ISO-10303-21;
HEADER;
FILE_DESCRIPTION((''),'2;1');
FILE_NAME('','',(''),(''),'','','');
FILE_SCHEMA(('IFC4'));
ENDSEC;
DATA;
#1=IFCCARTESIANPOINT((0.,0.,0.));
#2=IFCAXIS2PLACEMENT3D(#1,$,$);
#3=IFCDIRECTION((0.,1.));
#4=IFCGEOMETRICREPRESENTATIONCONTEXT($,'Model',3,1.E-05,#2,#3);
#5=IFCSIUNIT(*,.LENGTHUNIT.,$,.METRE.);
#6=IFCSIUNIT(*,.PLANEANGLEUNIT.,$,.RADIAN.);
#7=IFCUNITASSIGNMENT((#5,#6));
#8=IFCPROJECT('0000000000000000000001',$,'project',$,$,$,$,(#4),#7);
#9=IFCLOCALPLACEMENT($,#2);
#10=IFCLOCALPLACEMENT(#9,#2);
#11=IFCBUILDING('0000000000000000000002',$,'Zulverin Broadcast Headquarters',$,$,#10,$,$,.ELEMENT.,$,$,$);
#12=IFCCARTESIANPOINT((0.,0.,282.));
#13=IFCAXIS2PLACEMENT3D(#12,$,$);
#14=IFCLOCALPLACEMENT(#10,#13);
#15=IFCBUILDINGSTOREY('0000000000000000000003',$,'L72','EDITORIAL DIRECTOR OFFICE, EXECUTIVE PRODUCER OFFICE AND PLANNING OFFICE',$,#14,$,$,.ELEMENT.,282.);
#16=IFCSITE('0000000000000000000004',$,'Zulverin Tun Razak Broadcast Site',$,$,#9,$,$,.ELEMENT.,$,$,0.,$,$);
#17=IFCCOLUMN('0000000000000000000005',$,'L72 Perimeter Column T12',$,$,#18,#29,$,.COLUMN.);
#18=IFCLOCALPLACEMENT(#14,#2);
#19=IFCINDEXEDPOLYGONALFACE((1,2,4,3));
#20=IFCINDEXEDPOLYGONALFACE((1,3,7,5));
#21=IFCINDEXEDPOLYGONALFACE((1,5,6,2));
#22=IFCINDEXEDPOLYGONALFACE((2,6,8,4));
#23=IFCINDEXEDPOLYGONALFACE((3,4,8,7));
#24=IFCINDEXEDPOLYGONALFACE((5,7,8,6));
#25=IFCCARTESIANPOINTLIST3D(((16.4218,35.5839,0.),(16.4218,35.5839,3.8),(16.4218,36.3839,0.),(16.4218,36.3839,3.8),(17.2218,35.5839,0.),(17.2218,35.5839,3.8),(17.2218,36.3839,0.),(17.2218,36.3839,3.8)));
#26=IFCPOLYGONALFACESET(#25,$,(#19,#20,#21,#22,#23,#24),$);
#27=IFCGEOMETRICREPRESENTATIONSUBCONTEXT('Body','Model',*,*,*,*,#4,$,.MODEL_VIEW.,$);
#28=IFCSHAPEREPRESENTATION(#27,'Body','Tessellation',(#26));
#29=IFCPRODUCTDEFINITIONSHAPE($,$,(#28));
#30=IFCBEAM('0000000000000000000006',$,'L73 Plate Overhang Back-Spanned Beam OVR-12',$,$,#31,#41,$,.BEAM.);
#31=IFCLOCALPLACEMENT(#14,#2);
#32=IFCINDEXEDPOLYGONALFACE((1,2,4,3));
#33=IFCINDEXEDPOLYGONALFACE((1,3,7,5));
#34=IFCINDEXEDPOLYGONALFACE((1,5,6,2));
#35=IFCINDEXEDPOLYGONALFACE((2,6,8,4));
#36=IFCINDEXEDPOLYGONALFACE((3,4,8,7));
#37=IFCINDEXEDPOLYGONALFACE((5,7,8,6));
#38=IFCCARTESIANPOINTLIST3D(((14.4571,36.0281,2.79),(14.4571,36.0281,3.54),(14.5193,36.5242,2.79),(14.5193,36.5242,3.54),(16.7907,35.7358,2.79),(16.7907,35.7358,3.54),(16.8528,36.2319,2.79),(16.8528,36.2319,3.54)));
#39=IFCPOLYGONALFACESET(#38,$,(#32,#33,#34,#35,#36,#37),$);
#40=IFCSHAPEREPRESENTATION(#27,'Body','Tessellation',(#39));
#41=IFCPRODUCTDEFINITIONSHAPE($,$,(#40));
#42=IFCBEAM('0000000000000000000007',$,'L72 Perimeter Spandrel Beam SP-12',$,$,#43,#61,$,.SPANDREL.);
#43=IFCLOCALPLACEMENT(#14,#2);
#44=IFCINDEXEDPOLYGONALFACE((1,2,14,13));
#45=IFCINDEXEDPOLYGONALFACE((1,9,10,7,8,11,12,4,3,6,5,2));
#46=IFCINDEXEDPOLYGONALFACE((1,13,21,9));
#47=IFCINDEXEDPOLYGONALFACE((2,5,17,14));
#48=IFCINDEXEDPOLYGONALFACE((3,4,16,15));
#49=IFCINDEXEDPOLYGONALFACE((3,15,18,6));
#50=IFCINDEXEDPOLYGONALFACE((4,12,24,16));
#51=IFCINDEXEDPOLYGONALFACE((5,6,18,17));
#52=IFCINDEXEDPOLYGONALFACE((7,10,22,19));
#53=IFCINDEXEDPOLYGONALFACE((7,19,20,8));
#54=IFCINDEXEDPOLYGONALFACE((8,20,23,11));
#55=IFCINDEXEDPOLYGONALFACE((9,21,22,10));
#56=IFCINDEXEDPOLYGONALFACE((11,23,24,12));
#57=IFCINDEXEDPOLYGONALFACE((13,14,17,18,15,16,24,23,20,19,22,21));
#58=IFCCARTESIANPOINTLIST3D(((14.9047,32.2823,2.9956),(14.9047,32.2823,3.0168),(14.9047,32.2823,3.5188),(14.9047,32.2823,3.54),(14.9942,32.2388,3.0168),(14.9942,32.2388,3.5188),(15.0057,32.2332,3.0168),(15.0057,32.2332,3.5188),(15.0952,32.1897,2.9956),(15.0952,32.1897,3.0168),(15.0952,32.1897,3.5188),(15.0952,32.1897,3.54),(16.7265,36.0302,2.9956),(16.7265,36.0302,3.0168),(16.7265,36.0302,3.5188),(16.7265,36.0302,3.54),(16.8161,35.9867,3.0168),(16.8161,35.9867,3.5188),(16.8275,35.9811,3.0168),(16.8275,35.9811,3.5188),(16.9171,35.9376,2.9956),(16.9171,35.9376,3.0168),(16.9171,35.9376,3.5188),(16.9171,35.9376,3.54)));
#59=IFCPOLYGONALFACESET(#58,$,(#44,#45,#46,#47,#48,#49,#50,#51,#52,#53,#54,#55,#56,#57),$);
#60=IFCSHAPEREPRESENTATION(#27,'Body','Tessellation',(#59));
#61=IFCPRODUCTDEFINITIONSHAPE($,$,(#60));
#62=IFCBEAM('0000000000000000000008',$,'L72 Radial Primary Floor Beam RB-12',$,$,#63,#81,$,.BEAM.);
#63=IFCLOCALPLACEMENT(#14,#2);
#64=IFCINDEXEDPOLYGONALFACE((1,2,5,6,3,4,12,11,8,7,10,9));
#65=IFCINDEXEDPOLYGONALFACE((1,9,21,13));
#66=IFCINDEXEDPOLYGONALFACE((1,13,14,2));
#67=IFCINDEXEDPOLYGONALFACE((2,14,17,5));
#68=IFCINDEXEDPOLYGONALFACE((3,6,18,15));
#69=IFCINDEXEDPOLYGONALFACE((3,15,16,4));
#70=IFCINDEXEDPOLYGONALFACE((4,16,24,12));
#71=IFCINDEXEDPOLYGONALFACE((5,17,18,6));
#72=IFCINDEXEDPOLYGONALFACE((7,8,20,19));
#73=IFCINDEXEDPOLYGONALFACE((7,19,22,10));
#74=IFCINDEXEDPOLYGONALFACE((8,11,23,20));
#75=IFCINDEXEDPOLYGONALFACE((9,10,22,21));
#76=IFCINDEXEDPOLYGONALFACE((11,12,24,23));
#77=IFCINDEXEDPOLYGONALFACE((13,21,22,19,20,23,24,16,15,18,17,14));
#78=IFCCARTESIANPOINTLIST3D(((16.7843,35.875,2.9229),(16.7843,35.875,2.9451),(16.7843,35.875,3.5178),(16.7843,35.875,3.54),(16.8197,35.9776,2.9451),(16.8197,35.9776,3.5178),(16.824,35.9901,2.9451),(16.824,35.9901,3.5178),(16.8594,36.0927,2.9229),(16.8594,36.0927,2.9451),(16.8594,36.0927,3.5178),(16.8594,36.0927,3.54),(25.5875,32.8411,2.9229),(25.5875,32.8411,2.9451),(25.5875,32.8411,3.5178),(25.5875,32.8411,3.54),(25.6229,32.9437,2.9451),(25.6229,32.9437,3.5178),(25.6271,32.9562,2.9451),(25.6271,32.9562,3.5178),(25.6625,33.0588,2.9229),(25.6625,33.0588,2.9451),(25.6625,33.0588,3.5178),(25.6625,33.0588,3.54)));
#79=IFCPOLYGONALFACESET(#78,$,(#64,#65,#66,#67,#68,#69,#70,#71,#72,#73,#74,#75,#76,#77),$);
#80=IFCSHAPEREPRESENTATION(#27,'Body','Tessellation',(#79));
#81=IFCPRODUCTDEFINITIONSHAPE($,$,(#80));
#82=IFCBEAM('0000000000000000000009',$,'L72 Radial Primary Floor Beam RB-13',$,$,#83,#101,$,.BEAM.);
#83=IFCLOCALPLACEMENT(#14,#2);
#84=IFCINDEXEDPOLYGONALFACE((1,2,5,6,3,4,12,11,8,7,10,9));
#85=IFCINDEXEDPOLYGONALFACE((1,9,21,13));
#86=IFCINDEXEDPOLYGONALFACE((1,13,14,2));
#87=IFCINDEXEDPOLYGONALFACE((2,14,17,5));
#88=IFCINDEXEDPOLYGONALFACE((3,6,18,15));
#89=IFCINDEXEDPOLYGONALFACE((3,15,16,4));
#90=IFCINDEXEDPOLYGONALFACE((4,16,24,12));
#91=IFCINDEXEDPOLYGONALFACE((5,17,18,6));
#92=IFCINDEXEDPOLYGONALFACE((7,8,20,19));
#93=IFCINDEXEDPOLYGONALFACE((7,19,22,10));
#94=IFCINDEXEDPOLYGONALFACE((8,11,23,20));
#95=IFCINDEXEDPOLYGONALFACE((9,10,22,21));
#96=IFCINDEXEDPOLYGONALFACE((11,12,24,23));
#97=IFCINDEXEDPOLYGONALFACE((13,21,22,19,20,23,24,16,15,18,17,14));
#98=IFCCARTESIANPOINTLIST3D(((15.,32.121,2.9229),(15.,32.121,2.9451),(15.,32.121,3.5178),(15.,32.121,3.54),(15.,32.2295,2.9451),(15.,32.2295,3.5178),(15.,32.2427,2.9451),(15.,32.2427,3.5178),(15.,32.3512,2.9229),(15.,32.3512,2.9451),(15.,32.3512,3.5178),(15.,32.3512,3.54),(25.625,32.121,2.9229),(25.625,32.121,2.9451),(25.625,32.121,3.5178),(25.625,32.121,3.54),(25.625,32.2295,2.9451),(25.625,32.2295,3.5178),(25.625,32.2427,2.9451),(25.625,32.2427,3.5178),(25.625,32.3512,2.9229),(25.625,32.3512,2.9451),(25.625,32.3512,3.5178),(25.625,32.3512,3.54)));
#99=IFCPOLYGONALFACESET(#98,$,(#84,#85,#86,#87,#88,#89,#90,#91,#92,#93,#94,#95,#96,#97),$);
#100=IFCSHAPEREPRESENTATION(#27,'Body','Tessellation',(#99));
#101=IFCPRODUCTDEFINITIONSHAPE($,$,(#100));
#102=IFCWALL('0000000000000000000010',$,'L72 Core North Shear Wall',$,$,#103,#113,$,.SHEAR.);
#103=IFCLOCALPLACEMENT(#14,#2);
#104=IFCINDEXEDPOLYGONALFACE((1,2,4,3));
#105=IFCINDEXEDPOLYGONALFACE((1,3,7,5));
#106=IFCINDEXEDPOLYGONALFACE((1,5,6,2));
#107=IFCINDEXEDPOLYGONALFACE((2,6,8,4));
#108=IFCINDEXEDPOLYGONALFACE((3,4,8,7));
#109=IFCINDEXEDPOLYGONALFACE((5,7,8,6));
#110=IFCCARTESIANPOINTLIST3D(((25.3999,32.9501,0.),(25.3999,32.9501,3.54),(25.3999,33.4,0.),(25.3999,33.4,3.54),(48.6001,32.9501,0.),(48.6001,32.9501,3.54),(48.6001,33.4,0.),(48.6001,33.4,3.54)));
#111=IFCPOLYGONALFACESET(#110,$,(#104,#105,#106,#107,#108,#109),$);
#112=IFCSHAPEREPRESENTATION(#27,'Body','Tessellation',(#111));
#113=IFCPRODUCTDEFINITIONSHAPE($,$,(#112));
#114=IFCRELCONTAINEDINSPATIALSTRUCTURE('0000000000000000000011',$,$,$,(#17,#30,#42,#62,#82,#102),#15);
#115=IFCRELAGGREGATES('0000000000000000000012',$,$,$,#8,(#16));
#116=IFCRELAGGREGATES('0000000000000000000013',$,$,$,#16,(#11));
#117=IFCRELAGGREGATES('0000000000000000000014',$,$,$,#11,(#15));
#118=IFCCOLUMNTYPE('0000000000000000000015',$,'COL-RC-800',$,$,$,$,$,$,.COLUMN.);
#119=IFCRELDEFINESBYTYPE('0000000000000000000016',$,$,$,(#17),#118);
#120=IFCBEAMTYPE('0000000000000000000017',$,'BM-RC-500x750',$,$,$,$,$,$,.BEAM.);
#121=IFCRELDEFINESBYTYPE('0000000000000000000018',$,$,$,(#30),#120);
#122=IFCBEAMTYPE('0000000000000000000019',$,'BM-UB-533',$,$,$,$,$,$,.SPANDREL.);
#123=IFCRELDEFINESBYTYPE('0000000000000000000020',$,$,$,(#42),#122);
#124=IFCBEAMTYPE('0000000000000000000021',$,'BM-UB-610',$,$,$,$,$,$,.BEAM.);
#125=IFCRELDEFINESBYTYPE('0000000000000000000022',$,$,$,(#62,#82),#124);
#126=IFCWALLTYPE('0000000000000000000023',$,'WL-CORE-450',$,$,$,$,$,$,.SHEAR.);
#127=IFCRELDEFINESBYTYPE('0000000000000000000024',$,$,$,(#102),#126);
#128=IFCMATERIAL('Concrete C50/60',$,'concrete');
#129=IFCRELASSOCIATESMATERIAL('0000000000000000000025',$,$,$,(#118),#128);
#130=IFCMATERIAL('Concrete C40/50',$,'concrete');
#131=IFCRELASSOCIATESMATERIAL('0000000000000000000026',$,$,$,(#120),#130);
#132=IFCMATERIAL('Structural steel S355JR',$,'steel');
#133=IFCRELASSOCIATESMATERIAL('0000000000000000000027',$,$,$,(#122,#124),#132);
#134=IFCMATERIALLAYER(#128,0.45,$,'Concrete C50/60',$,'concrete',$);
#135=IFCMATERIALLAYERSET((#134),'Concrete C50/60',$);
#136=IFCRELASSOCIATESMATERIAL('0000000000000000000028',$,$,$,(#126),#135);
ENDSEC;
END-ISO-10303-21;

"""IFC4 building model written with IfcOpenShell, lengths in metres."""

from ifc_helpers import new_model, si_unit, direction, frame, frame_2d, origin, origin_2d, place, context, subcontext, project, spatial, rectangle, i_section, extrude, material, layer, layer_set, material_profile, profile_set, type_object, element, save


model = new_model("IFC4")

# Units and contexts
model_context = context("Model", 3, precision=1e-05, world=origin(), true_north=direction((0.0, 1.0)))
body_context = subcontext(model_context, "Body", "Model", "MODEL_VIEW")
ifc_project = project(units=[si_unit("LENGTHUNIT", "METRE"), si_unit("PLANEANGLEUNIT", "RADIAN")], contexts=[model_context])

# Site, building, storey
site_placement = place(None, origin())
site = spatial("IfcSite", under=ifc_project, at=site_placement, Name="Zulverin Tun Razak Broadcast Site", CompositionType="ELEMENT", RefElevation=0.0)
building_placement = place(site_placement, origin())
building = spatial("IfcBuilding", under=site, at=building_placement, Name="Zulverin Broadcast Headquarters", CompositionType="ELEMENT")
storey_placement = place(building_placement, frame((0.0, 0.0, 282.0)))
storey = spatial("IfcBuildingStorey", under=building, at=storey_placement, Name="L72", Description="EDITORIAL DIRECTOR OFFICE, EXECUTIVE PRODUCER OFFICE AND PLANNING OFFICE", CompositionType="ELEMENT", Elevation=282.0)

# Column
ifc_material_1 = material(Name="Concrete C50/60", Category="concrete")
ifc_material_profile_1 = material_profile(ifc_material_1, rectangle(XDim=0.8, YDim=0.8, at=origin_2d()), Name="Concrete C50/60", Category="concrete")
ifc_profile_set_1 = profile_set([ifc_material_profile_1], Name="Concrete C50/60")
column_type = type_object("IfcColumnType", Name="COL-RC-800", PredefinedType="COLUMN", material=ifc_profile_set_1)
column_placement = place(storey_placement, frame((16.8218, 35.9839, 0.0), z_axis=(0.0, 0.0, 1.0), x_axis=(1.0, 0.0, 0.0)))
element("IfcColumn", 1, at=column_placement, inside=storey, type_object=column_type, Name="L72 Perimeter Column T12", PredefinedType="COLUMN", context=body_context, shape_type="SweptSolid", body=[
    extrude(rectangle(XDim=0.8, YDim=0.8, at=origin_2d()), origin(), (0.0, 0.0, 1.0), 3.8),
])

# Beams
ifc_material_2 = material(Name="Concrete C40/50", Category="concrete")
ifc_material_profile_2 = material_profile(ifc_material_2, rectangle(XDim=0.5, YDim=0.75, at=origin_2d()), Name="Concrete C40/50", Category="concrete")
ifc_profile_set_2 = profile_set([ifc_material_profile_2], Name="Concrete C40/50")
beam_type_1 = type_object("IfcBeamType", Name="BM-RC-500x750", PredefinedType="BEAM", material=ifc_profile_set_2)
beam_1_placement = place(storey_placement, frame((16.8218, 35.9839, 3.165), z_axis=(-0.992249, 0.124265, 0.0), x_axis=(-0.124265, -0.992249, 0.0)))
element("IfcBeam", 2, at=beam_1_placement, inside=storey, type_object=beam_type_1, Name="L73 Plate Overhang Back-Spanned Beam OVR-12", PredefinedType="BEAM", context=body_context, shape_type="SweptSolid", body=[
    extrude(rectangle(XDim=0.5, YDim=0.75, at=origin_2d()), origin(), (0.0, 0.0, 1.0), 2.3518),
])
ifc_material_3 = material(Name="Structural steel S355JR", Category="steel")
ifc_material_profile_3 = material_profile(ifc_material_3, i_section(OverallWidth=0.2119, OverallDepth=0.5444, WebThickness=0.0127, FlangeThickness=0.0212, at=origin_2d()), Name="Structural steel S355JR", Category="steel")
ifc_profile_set_3 = profile_set([ifc_material_profile_3], Name="Structural steel S355JR")
beam_type_2 = type_object("IfcBeamType", Name="BM-UB-533", PredefinedType="SPANDREL", material=ifc_profile_set_3)
beam_2_placement = place(storey_placement, frame((16.8218, 35.9839, 3.2678), z_axis=(-0.437179, -0.899375, 0.0), x_axis=(0.899375, -0.437179, 0.0)))
element("IfcBeam", 3, at=beam_2_placement, inside=storey, type_object=beam_type_2, Name="L72 Perimeter Spandrel Beam SP-12", PredefinedType="SPANDREL", context=body_context, shape_type="SweptSolid", body=[
    extrude(i_section(OverallWidth=0.2119, OverallDepth=0.5444, WebThickness=0.0127, FlangeThickness=0.0212, at=origin_2d()), origin(), (0.0, 0.0, 1.0), 4.1672),
])
ifc_material_profile_4 = material_profile(ifc_material_3, i_section(OverallWidth=0.2302, OverallDepth=0.6172, WebThickness=0.0132, FlangeThickness=0.0222, at=origin_2d()), Name="Structural steel S355JR", Category="steel")
ifc_profile_set_4 = profile_set([ifc_material_profile_4], Name="Structural steel S355JR")
beam_type_3 = type_object("IfcBeamType", Name="BM-UB-610", PredefinedType="BEAM", material=ifc_profile_set_4)
beam_3_placement = place(storey_placement, frame((25.625, 32.95, 3.2314), z_axis=(-0.945428, 0.325831, 0.0), x_axis=(-0.325831, -0.945428, 0.0)))
element("IfcBeam", 4, at=beam_3_placement, inside=storey, type_object=beam_type_3, Name="L72 Radial Primary Floor Beam RB-12", PredefinedType="BEAM", context=body_context, shape_type="SweptSolid", body=[
    extrude(i_section(OverallWidth=0.2302, OverallDepth=0.6172, WebThickness=0.0132, FlangeThickness=0.0222, at=origin_2d()), origin(), (0.0, 0.0, 1.0), 9.3113),
])
beam_4_placement = place(storey_placement, frame((25.625, 32.2361, 3.2314), z_axis=(-1.0, 0.0, 0.0), x_axis=(0.0, -1.0, 0.0)))
element("IfcBeam", 5, at=beam_4_placement, inside=storey, type_object=beam_type_3, Name="L72 Radial Primary Floor Beam RB-13", PredefinedType="BEAM", context=body_context, shape_type="SweptSolid", body=[
    extrude(i_section(OverallWidth=0.2302, OverallDepth=0.6172, WebThickness=0.0132, FlangeThickness=0.0222, at=origin_2d()), origin(), (0.0, 0.0, 1.0), 10.625),
])

# Wall
ifc_layer_1 = layer(ifc_material_1, 0.45, Name="Concrete C50/60", Category="concrete")
ifc_layer_set_1 = layer_set([ifc_layer_1], Name="Concrete C50/60")
wall_type_1 = type_object("IfcWallType", Name="WL-CORE-450", PredefinedType="SHEAR", material=ifc_layer_set_1)
wall_1_placement = place(storey_placement, frame((25.3999, 33.175, 0.0), z_axis=(0.0, 0.0, 1.0), x_axis=(1.0, 0.0, 0.0)))
element("IfcWall", 6, at=wall_1_placement, inside=storey, type_object=wall_type_1, Name="L72 Core North Shear Wall", PredefinedType="SHEAR", context=body_context, shape_type="SweptSolid", body=[
    extrude(rectangle(XDim=23.2002, YDim=0.45, at=frame_2d((11.6001, 0.0))), origin(), (0.0, 0.0, 1.0), 3.54),
])

save(model, "model.ifc")
